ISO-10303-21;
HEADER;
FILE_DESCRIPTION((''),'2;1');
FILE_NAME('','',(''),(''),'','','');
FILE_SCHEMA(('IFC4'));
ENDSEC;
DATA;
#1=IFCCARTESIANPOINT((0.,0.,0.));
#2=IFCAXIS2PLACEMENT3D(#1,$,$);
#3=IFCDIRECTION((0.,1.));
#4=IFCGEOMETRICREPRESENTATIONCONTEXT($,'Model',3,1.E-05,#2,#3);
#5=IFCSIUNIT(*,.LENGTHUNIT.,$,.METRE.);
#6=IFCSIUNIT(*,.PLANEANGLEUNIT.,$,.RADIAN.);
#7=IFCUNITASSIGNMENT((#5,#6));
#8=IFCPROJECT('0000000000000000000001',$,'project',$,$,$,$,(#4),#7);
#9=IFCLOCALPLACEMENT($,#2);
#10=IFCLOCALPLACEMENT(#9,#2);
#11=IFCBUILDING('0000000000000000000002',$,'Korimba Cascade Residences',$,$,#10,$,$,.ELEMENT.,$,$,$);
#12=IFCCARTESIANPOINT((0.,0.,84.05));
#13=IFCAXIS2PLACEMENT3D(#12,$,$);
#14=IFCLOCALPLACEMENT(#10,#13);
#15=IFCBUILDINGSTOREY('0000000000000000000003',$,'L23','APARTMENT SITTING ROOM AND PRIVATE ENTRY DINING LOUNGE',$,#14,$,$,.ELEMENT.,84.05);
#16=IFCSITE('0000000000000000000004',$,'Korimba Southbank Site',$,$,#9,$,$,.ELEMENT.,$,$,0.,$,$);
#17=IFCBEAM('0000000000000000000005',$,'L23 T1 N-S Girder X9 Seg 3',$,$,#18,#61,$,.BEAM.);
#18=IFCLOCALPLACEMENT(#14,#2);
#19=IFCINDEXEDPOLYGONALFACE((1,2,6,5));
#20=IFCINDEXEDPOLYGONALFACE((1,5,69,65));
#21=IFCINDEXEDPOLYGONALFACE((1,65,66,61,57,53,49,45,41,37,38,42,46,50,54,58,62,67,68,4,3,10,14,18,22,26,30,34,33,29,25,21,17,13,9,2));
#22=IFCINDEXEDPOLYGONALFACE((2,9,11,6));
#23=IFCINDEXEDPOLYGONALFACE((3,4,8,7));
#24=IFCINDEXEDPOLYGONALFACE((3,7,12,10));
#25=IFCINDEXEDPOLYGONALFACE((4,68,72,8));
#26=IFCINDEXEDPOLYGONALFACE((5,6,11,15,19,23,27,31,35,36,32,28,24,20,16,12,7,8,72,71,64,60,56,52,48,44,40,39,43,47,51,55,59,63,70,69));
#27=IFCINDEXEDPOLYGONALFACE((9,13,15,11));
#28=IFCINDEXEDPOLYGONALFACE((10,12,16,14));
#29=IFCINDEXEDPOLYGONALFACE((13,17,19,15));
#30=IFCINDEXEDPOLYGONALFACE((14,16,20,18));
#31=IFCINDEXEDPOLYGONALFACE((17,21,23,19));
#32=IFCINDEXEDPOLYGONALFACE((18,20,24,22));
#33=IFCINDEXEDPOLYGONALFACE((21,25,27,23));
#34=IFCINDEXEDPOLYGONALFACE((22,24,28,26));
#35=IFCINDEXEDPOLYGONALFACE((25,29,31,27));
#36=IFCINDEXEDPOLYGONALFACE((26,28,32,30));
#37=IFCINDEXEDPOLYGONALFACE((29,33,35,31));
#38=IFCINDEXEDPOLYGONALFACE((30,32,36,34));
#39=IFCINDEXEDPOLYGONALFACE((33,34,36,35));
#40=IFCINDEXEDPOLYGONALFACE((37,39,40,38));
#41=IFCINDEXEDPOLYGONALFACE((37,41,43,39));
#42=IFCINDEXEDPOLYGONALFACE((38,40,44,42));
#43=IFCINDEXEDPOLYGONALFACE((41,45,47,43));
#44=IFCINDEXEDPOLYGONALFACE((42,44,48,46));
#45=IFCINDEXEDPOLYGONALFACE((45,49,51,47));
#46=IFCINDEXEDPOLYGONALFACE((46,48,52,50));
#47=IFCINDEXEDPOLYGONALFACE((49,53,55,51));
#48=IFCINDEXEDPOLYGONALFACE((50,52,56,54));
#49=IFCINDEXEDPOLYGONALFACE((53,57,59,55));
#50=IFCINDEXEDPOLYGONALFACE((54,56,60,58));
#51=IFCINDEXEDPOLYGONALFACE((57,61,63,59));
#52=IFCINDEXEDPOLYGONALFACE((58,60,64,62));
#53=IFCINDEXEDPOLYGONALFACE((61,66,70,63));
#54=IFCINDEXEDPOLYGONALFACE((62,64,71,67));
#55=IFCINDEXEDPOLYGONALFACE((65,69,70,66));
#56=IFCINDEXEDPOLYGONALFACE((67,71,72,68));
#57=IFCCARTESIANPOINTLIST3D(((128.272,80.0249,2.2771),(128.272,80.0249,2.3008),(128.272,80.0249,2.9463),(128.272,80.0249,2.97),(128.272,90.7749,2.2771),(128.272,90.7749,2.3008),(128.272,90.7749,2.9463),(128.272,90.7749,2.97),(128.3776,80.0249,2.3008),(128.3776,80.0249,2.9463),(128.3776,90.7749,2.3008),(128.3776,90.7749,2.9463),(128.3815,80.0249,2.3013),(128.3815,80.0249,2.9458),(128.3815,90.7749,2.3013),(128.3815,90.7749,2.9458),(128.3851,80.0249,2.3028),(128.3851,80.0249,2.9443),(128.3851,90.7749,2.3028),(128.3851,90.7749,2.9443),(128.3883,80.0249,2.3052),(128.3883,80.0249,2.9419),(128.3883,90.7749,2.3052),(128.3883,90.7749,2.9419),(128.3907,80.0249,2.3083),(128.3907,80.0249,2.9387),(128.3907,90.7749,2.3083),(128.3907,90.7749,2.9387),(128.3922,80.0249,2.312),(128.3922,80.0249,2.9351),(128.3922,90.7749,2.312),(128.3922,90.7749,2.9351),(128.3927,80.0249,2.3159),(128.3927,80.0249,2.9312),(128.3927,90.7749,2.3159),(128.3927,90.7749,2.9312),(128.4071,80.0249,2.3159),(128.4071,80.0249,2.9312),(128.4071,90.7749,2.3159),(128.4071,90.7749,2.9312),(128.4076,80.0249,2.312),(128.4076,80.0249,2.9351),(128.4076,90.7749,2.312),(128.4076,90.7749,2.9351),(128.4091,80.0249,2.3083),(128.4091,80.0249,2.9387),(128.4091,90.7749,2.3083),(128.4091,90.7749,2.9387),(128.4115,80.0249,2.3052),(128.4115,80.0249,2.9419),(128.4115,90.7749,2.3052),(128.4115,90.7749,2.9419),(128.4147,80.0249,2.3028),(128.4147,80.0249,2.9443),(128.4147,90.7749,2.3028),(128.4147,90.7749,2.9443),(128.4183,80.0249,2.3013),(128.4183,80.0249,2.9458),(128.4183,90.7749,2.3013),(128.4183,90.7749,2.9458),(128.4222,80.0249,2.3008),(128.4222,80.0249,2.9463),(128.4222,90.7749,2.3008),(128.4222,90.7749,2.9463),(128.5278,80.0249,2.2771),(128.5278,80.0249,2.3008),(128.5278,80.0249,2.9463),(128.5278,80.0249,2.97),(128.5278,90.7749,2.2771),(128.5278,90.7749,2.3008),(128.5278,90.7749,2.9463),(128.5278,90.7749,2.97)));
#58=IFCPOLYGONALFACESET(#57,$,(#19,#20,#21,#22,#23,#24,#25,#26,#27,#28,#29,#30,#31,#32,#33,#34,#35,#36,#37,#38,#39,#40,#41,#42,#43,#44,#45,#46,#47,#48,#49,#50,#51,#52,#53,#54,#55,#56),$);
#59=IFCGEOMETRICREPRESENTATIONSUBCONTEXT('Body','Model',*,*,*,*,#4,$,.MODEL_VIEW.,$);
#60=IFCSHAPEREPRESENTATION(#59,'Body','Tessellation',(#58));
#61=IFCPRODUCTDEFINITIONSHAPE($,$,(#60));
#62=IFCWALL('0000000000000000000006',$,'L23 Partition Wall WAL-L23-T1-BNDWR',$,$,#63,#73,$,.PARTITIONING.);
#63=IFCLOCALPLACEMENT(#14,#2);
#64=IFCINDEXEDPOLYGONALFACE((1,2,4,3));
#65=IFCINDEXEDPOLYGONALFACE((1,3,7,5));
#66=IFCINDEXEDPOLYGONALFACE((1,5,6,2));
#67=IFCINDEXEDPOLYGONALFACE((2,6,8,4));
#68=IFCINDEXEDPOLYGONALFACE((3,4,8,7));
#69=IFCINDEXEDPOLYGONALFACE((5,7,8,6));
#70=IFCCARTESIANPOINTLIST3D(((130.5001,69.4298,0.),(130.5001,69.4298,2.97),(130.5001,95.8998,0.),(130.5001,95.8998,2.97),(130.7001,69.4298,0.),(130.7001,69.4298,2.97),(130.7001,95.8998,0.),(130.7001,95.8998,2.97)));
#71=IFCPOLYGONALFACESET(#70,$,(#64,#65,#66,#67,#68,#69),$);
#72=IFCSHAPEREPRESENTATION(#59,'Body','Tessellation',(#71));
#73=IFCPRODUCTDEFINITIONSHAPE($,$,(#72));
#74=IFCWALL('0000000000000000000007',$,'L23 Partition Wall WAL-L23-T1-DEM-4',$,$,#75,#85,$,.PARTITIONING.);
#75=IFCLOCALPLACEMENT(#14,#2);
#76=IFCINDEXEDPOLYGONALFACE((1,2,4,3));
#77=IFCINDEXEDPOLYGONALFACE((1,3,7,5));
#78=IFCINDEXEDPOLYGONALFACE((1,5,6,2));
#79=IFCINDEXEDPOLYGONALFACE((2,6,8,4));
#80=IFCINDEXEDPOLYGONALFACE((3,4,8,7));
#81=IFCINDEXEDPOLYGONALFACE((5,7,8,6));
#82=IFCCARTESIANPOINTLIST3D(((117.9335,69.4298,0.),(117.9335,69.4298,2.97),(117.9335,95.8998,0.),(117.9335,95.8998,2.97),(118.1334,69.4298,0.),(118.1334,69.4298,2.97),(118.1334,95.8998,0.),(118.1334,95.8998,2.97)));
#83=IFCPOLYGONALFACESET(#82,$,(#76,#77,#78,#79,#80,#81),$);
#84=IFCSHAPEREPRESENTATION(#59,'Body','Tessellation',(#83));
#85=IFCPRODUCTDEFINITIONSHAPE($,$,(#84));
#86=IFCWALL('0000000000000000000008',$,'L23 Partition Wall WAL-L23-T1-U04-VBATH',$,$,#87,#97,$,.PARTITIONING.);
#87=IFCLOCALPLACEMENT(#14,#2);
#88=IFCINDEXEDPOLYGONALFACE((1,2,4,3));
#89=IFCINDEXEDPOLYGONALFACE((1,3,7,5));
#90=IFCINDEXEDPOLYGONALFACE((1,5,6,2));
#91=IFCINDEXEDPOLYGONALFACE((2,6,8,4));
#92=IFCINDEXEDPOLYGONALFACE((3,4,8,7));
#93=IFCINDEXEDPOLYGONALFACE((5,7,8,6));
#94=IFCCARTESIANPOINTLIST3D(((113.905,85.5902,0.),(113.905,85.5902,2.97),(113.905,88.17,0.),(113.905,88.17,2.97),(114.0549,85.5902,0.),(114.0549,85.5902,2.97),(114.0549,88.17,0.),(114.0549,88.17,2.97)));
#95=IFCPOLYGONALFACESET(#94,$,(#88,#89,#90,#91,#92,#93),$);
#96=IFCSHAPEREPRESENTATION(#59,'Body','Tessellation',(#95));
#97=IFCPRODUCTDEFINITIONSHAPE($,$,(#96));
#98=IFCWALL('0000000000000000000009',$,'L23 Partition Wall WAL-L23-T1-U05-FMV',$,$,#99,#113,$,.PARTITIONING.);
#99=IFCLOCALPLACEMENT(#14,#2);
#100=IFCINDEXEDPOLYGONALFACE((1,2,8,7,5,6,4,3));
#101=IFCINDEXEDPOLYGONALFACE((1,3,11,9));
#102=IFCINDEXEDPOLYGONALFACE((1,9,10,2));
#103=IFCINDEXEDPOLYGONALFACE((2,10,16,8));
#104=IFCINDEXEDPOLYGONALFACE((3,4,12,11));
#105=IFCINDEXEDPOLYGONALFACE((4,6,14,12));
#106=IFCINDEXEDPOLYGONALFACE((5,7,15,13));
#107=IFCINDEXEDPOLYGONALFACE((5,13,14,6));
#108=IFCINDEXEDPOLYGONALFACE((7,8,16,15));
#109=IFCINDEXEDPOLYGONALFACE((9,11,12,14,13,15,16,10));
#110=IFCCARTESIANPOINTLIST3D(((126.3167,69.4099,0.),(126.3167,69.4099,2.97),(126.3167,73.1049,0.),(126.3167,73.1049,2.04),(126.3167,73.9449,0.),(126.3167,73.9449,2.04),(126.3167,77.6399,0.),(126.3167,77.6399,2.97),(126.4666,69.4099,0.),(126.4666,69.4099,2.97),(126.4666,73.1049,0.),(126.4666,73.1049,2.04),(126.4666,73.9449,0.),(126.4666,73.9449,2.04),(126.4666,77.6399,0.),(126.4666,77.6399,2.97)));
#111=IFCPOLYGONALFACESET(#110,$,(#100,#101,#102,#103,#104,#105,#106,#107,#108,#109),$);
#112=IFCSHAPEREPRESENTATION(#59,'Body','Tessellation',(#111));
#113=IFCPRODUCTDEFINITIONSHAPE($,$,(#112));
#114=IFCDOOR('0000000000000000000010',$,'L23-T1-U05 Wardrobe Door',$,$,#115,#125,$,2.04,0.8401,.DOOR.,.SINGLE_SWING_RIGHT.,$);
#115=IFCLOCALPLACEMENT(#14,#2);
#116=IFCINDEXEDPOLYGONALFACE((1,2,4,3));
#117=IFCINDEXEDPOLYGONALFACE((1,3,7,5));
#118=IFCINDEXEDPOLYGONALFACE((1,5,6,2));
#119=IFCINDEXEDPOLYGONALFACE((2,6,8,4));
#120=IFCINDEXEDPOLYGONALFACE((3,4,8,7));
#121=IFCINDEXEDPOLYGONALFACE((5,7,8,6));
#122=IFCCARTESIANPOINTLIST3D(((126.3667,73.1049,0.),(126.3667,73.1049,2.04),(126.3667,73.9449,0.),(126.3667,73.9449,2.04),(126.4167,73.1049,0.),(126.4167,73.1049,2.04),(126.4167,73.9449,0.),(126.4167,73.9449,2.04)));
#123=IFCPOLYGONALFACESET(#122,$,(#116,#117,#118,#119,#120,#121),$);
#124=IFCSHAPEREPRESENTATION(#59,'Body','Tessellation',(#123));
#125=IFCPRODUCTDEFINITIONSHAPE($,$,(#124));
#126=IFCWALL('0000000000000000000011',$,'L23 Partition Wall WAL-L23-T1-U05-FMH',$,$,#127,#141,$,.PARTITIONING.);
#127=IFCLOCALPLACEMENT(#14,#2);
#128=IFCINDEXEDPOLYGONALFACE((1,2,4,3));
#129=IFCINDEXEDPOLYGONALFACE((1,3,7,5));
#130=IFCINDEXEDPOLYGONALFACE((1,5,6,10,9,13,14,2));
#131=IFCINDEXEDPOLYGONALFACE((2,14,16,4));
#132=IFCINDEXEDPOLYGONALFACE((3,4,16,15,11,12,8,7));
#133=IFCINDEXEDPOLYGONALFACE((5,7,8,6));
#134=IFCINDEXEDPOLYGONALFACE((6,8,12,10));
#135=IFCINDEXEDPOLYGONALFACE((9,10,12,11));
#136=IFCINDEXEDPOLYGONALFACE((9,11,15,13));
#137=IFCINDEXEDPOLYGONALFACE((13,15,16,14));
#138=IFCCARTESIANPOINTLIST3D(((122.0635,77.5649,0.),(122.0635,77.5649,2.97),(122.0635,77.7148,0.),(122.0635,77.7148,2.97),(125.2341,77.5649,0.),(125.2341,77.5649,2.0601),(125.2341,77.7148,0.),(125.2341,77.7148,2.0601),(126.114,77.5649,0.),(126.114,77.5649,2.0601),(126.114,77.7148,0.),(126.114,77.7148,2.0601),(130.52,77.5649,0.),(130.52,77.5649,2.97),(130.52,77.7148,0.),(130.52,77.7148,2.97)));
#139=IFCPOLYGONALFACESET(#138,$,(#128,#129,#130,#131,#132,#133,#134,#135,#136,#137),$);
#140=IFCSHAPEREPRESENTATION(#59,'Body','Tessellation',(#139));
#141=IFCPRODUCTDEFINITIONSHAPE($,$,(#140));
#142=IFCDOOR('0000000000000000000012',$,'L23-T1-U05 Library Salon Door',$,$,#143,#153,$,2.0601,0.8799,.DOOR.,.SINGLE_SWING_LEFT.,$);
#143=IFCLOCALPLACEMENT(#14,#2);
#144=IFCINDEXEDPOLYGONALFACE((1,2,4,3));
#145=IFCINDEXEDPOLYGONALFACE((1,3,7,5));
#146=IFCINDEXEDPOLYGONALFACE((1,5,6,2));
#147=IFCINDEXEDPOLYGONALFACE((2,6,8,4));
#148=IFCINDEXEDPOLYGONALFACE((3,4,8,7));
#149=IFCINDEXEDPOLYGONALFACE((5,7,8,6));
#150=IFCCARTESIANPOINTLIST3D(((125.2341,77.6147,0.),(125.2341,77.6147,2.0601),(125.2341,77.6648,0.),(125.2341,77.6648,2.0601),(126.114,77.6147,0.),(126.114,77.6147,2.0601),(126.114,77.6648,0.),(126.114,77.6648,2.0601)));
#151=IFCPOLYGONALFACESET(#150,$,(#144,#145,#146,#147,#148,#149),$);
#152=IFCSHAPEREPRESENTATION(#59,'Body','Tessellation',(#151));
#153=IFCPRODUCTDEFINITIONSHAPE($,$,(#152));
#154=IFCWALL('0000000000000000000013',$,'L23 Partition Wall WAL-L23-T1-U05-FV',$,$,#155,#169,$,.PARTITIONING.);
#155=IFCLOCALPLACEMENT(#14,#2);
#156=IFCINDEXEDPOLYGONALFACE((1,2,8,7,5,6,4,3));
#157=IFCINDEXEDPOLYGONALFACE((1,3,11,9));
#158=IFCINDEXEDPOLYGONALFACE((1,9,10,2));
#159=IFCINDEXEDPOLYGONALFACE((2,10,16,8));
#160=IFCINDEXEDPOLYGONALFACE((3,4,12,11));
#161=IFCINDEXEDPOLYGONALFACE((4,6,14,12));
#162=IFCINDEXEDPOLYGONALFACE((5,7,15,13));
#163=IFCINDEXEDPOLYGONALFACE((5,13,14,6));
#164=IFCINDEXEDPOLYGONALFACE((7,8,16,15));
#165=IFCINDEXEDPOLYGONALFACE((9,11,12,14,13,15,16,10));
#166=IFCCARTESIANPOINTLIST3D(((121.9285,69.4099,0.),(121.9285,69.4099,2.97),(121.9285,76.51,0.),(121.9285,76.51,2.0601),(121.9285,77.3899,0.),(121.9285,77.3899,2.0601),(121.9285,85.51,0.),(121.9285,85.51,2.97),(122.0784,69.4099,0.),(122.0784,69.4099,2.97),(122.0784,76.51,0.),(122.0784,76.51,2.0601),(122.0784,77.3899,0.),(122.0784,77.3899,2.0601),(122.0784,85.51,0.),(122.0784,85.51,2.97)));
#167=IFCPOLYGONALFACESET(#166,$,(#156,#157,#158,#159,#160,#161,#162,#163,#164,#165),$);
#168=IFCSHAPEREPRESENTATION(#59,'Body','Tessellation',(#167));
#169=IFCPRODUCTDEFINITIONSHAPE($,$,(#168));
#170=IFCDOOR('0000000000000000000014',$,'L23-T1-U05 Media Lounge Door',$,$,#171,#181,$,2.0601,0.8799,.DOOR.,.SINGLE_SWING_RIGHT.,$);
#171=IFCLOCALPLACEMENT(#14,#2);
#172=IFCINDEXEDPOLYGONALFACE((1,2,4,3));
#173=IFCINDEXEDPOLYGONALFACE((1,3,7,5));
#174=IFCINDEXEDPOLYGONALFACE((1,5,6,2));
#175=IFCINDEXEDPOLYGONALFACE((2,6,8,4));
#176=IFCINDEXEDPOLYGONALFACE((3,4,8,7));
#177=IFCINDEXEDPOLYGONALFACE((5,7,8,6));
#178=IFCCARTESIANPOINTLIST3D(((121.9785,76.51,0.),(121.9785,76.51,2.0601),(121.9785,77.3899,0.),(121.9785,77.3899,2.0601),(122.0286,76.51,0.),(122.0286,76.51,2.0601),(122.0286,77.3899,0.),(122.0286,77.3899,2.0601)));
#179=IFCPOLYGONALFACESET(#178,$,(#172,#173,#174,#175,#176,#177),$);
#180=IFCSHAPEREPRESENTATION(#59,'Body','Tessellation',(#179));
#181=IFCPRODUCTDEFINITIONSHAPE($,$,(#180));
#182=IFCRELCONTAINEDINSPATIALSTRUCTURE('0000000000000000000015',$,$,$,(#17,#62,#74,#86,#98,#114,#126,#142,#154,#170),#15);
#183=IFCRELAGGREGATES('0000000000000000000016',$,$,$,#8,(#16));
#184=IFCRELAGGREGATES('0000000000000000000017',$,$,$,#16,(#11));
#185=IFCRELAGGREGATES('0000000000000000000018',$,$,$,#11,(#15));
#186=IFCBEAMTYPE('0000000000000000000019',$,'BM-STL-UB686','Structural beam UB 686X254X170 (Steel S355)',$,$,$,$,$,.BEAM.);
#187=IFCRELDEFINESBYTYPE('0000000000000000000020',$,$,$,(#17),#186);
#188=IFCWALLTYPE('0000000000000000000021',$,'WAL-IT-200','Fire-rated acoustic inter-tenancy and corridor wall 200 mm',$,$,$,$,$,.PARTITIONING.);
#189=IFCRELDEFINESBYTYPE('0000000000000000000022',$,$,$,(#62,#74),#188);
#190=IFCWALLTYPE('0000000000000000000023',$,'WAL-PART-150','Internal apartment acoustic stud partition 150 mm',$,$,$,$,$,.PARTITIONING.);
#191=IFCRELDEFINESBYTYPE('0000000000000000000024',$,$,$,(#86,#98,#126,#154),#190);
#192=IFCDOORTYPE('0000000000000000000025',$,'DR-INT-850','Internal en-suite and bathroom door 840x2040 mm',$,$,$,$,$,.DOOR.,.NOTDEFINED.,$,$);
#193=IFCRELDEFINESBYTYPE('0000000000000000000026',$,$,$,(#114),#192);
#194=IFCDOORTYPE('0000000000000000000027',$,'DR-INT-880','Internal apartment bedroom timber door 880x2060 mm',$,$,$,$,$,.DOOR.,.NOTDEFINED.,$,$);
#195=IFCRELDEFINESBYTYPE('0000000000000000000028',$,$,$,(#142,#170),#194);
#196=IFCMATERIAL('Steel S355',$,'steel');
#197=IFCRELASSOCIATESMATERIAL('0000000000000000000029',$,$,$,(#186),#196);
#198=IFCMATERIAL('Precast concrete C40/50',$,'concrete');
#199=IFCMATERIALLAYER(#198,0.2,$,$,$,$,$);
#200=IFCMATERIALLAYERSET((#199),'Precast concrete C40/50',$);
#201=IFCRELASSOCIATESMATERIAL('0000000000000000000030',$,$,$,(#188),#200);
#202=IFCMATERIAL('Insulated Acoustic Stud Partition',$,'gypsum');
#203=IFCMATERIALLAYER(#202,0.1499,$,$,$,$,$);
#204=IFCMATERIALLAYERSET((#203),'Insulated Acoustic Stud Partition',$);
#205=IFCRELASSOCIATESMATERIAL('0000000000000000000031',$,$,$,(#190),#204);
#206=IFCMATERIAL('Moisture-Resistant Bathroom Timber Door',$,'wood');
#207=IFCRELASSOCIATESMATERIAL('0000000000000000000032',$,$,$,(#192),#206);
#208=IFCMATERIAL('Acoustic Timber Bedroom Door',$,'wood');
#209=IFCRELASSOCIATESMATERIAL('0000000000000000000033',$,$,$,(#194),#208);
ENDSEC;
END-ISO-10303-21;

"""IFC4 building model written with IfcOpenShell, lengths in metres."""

from ifc_helpers import new_model, si_unit, direction, frame, frame_2d, origin, origin_2d, place, context, subcontext, project, spatial, rectangle, i_section, extrude, material, layer, layer_set, material_profile, profile_set, type_object, element, fill, save


model = new_model("IFC4")

# Units and contexts
model_context = context("Model", 3, precision=1e-05, world=origin(), true_north=direction((0.0, 1.0)))
body_context = subcontext(model_context, "Body", "Model", "MODEL_VIEW")
ifc_project = project(units=[si_unit("LENGTHUNIT", "METRE"), si_unit("PLANEANGLEUNIT", "RADIAN")], contexts=[model_context])

# Site, building, storey
site_placement = place(None, origin())
site = spatial("IfcSite", under=ifc_project, at=site_placement, Name="Korimba Southbank Site", CompositionType="ELEMENT", RefElevation=0.0)
building_placement = place(site_placement, origin())
building = spatial("IfcBuilding", under=site, at=building_placement, Name="Korimba Cascade Residences", CompositionType="ELEMENT")
storey_placement = place(building_placement, frame((0.0, 0.0, 84.05)))
storey = spatial("IfcBuildingStorey", under=building, at=storey_placement, Name="L23", Description="APARTMENT SITTING ROOM AND PRIVATE ENTRY DINING LOUNGE", CompositionType="ELEMENT", Elevation=84.05)

# Beam
ifc_material_1 = material(Name="Steel S355", Category="steel")
ifc_material_profile_1 = material_profile(ifc_material_1, i_section(OverallWidth=0.2559, OverallDepth=0.6929, WebThickness=0.0144, FlangeThickness=0.0237, FilletRadius=0.0151, at=origin_2d()), Name="Steel S355")
ifc_profile_set_1 = profile_set([ifc_material_profile_1], Name="Steel S355")
beam_type_1 = type_object("IfcBeamType", Name="BM-STL-UB686", Description="Structural beam UB 686X254X170 (Steel S355)", PredefinedType="BEAM", material=ifc_profile_set_1)
beam_1_placement = place(storey_placement, frame((128.3999, 80.0249, 2.6235), z_axis=(0.0, 1.0, 0.0), x_axis=(-1.0, 0.0, 0.0)))
element("IfcBeam", 1, at=beam_1_placement, inside=storey, type_object=beam_type_1, Name="L23 T1 N-S Girder X9 Seg 3", PredefinedType="BEAM", context=body_context, shape_type="SweptSolid", body=[
    extrude(i_section(OverallWidth=0.2559, OverallDepth=0.6929, WebThickness=0.0144, FlangeThickness=0.0237, FilletRadius=0.0151, at=origin_2d()), origin(), (0.0, 0.0, 1.0), 10.75),
])

# Walls
ifc_material_2 = material(Name="Precast concrete C40/50", Category="concrete")
ifc_layer_1 = layer(ifc_material_2, 0.2)
ifc_layer_set_1 = layer_set([ifc_layer_1], Name="Precast concrete C40/50")
wall_type_1 = type_object("IfcWallType", Name="WAL-IT-200", Description="Fire-rated acoustic inter-tenancy and corridor wall 200 mm", PredefinedType="PARTITIONING", material=ifc_layer_set_1)
for number, where, z_axis, x_axis, name in (
    (2, (130.6001, 69.4299, 0.0), (0.0, 0.0, 1.0), (0.0, 1.0, 0.0), "L23 Partition Wall WAL-L23-T1-BNDWR"),
    (3, (118.0334, 69.4299, 0.0), (0.0, 0.0, 1.0), (0.0, 1.0, 0.0), "L23 Partition Wall WAL-L23-T1-DEM-4"),
):
    element("IfcWall", number, at=place(storey_placement, frame(where, z_axis=z_axis, x_axis=x_axis)), inside=storey, type_object=wall_type_1, Name=name, PredefinedType="PARTITIONING", context=body_context, shape_type="SweptSolid", body=[
        extrude(rectangle(XDim=26.47, YDim=0.2, at=frame_2d((13.2349, 0.0))), origin(), (0.0, 0.0, 1.0), 2.97),
    ])
ifc_material_3 = material(Name="Insulated Acoustic Stud Partition", Category="gypsum")
ifc_layer_2 = layer(ifc_material_3, 0.1499)
ifc_layer_set_2 = layer_set([ifc_layer_2], Name="Insulated Acoustic Stud Partition")
wall_type_2 = type_object("IfcWallType", Name="WAL-PART-150", Description="Internal apartment acoustic stud partition 150 mm", PredefinedType="PARTITIONING", material=ifc_layer_set_2)
wall_1_placement = place(storey_placement, frame((113.98, 85.5901, 0.0), z_axis=(0.0, 0.0, 1.0), x_axis=(0.0, 1.0, 0.0)))
element("IfcWall", 4, at=wall_1_placement, inside=storey, type_object=wall_type_2, Name="L23 Partition Wall WAL-L23-T1-U04-VBATH", PredefinedType="PARTITIONING", context=body_context, shape_type="SweptSolid", body=[
    extrude(rectangle(XDim=2.5798, YDim=0.1499, at=frame_2d((1.29, 0.0))), origin(), (0.0, 0.0, 1.0), 2.97),
])

# Walls, openings, doors
wall_2_placement = place(storey_placement, frame((126.3916, 69.4099, 0.0), z_axis=(0.0, 0.0, 1.0), x_axis=(0.0, 1.0, 0.0)))
wall_2 = element("IfcWall", 5, at=wall_2_placement, inside=storey, type_object=wall_type_2, Name="L23 Partition Wall WAL-L23-T1-U05-FMV", PredefinedType="PARTITIONING", context=body_context, shape_type="SweptSolid", body=[
    extrude(rectangle(XDim=8.23, YDim=0.1499, at=frame_2d((4.115, 0.0))), origin(), (0.0, 0.0, 1.0), 2.97),
])
opening_1_placement = place(wall_2_placement, frame((3.6951, 0.0, 0.0)))
opening_1 = element("IfcOpeningElement", 6, at=opening_1_placement, cuts=wall_2, PredefinedType="OPENING", context=body_context, shape_type="SweptSolid", body=[
    extrude(rectangle(XDim=0.8401, YDim=2.04, at=frame_2d((0.4199, 1.02))), frame((0.0, 0.085, 0.0), z_axis=(0.0, -1.0, 0.0), x_axis=(1.0, 0.0, 0.0)), (0.0, 0.0, 1.0), 0.1699),
])
ifc_material_4 = material(Name="Moisture-Resistant Bathroom Timber Door", Category="wood")
door_type_1 = type_object("IfcDoorType", Name="DR-INT-850", Description="Internal en-suite and bathroom door 840x2040 mm", OperationType="NOTDEFINED", PredefinedType="DOOR", material=ifc_material_4)
door_1_placement = place(opening_1_placement, origin())
door_1 = element("IfcDoor", 7, at=door_1_placement, inside=storey, type_object=door_type_1, Name="L23-T1-U05 Wardrobe Door", OperationType="SINGLE_SWING_RIGHT", OverallHeight=2.04, OverallWidth=0.8401, PredefinedType="DOOR", context=body_context, shape_type="SweptSolid", body=[
    extrude(rectangle(XDim=0.8401, YDim=2.04, at=frame_2d((0.4199, 1.02))), frame((0.0, 0.0249, 0.0), z_axis=(0.0, -1.0, 0.0), x_axis=(1.0, 0.0, 0.0)), (0.0, 0.0, 1.0), 0.05),
])
fill(opening_1, door_1)
wall_3_placement = place(storey_placement, frame((122.0635, 77.6399, 0.0), z_axis=(0.0, 0.0, 1.0), x_axis=(1.0, 0.0, 0.0)))
wall_3 = element("IfcWall", 8, at=wall_3_placement, inside=storey, type_object=wall_type_2, Name="L23 Partition Wall WAL-L23-T1-U05-FMH", PredefinedType="PARTITIONING", context=body_context, shape_type="SweptSolid", body=[
    extrude(rectangle(XDim=8.4565, YDim=0.1499, at=frame_2d((4.2283, 0.0))), origin(), (0.0, 0.0, 1.0), 2.97),
])
opening_2_placement = place(wall_3_placement, frame((3.1707, 0.0, 0.0)))
opening_2 = element("IfcOpeningElement", 9, at=opening_2_placement, cuts=wall_3, PredefinedType="OPENING", context=body_context, shape_type="SweptSolid", body=[
    extrude(rectangle(XDim=0.8799, YDim=2.0601, at=frame_2d((0.4399, 1.03))), frame((0.0, 0.085, 0.0), z_axis=(0.0, -1.0, 0.0), x_axis=(1.0, 0.0, 0.0)), (0.0, 0.0, 1.0), 0.1699),
])
ifc_material_5 = material(Name="Acoustic Timber Bedroom Door", Category="wood")
door_type_2 = type_object("IfcDoorType", Name="DR-INT-880", Description="Internal apartment bedroom timber door 880x2060 mm", OperationType="NOTDEFINED", PredefinedType="DOOR", material=ifc_material_5)
door_2_placement = place(opening_2_placement, origin())
door_2 = element("IfcDoor", 10, at=door_2_placement, inside=storey, type_object=door_type_2, Name="L23-T1-U05 Library Salon Door", OperationType="SINGLE_SWING_LEFT", OverallHeight=2.0601, OverallWidth=0.8799, PredefinedType="DOOR", context=body_context, shape_type="SweptSolid", body=[
    extrude(rectangle(XDim=0.8799, YDim=2.0601, at=frame_2d((0.4399, 1.03))), frame((0.0, 0.0249, 0.0), z_axis=(0.0, -1.0, 0.0), x_axis=(1.0, 0.0, 0.0)), (0.0, 0.0, 1.0), 0.05),
])
fill(opening_2, door_2)
wall_4_placement = place(storey_placement, frame((122.0034, 69.4099, 0.0), z_axis=(0.0, 0.0, 1.0), x_axis=(0.0, 1.0, 0.0)))
wall_4 = element("IfcWall", 11, at=wall_4_placement, inside=storey, type_object=wall_type_2, Name="L23 Partition Wall WAL-L23-T1-U05-FV", PredefinedType="PARTITIONING", context=body_context, shape_type="SweptSolid", body=[
    extrude(rectangle(XDim=16.1001, YDim=0.1499, at=frame_2d((8.05, 0.0))), origin(), (0.0, 0.0, 1.0), 2.97),
])
opening_3_placement = place(wall_4_placement, frame((7.1001, 0.0, 0.0)))
opening_3 = element("IfcOpeningElement", 12, at=opening_3_placement, cuts=wall_4, PredefinedType="OPENING", context=body_context, shape_type="SweptSolid", body=[
    extrude(rectangle(XDim=0.8799, YDim=2.0601, at=frame_2d((0.4399, 1.03))), frame((0.0, 0.085, 0.0), z_axis=(0.0, -1.0, 0.0), x_axis=(1.0, 0.0, 0.0)), (0.0, 0.0, 1.0), 0.1699),
])
door_3_placement = place(opening_3_placement, origin())
door_3 = element("IfcDoor", 13, at=door_3_placement, inside=storey, type_object=door_type_2, Name="L23-T1-U05 Media Lounge Door", OperationType="SINGLE_SWING_RIGHT", OverallHeight=2.0601, OverallWidth=0.8799, PredefinedType="DOOR", context=body_context, shape_type="SweptSolid", body=[
    extrude(rectangle(XDim=0.8799, YDim=2.0601, at=frame_2d((0.4399, 1.03))), frame((0.0, 0.0249, 0.0), z_axis=(0.0, -1.0, 0.0), x_axis=(1.0, 0.0, 0.0)), (0.0, 0.0, 1.0), 0.05),
])
fill(opening_3, door_3)

save(model, "model.ifc")
